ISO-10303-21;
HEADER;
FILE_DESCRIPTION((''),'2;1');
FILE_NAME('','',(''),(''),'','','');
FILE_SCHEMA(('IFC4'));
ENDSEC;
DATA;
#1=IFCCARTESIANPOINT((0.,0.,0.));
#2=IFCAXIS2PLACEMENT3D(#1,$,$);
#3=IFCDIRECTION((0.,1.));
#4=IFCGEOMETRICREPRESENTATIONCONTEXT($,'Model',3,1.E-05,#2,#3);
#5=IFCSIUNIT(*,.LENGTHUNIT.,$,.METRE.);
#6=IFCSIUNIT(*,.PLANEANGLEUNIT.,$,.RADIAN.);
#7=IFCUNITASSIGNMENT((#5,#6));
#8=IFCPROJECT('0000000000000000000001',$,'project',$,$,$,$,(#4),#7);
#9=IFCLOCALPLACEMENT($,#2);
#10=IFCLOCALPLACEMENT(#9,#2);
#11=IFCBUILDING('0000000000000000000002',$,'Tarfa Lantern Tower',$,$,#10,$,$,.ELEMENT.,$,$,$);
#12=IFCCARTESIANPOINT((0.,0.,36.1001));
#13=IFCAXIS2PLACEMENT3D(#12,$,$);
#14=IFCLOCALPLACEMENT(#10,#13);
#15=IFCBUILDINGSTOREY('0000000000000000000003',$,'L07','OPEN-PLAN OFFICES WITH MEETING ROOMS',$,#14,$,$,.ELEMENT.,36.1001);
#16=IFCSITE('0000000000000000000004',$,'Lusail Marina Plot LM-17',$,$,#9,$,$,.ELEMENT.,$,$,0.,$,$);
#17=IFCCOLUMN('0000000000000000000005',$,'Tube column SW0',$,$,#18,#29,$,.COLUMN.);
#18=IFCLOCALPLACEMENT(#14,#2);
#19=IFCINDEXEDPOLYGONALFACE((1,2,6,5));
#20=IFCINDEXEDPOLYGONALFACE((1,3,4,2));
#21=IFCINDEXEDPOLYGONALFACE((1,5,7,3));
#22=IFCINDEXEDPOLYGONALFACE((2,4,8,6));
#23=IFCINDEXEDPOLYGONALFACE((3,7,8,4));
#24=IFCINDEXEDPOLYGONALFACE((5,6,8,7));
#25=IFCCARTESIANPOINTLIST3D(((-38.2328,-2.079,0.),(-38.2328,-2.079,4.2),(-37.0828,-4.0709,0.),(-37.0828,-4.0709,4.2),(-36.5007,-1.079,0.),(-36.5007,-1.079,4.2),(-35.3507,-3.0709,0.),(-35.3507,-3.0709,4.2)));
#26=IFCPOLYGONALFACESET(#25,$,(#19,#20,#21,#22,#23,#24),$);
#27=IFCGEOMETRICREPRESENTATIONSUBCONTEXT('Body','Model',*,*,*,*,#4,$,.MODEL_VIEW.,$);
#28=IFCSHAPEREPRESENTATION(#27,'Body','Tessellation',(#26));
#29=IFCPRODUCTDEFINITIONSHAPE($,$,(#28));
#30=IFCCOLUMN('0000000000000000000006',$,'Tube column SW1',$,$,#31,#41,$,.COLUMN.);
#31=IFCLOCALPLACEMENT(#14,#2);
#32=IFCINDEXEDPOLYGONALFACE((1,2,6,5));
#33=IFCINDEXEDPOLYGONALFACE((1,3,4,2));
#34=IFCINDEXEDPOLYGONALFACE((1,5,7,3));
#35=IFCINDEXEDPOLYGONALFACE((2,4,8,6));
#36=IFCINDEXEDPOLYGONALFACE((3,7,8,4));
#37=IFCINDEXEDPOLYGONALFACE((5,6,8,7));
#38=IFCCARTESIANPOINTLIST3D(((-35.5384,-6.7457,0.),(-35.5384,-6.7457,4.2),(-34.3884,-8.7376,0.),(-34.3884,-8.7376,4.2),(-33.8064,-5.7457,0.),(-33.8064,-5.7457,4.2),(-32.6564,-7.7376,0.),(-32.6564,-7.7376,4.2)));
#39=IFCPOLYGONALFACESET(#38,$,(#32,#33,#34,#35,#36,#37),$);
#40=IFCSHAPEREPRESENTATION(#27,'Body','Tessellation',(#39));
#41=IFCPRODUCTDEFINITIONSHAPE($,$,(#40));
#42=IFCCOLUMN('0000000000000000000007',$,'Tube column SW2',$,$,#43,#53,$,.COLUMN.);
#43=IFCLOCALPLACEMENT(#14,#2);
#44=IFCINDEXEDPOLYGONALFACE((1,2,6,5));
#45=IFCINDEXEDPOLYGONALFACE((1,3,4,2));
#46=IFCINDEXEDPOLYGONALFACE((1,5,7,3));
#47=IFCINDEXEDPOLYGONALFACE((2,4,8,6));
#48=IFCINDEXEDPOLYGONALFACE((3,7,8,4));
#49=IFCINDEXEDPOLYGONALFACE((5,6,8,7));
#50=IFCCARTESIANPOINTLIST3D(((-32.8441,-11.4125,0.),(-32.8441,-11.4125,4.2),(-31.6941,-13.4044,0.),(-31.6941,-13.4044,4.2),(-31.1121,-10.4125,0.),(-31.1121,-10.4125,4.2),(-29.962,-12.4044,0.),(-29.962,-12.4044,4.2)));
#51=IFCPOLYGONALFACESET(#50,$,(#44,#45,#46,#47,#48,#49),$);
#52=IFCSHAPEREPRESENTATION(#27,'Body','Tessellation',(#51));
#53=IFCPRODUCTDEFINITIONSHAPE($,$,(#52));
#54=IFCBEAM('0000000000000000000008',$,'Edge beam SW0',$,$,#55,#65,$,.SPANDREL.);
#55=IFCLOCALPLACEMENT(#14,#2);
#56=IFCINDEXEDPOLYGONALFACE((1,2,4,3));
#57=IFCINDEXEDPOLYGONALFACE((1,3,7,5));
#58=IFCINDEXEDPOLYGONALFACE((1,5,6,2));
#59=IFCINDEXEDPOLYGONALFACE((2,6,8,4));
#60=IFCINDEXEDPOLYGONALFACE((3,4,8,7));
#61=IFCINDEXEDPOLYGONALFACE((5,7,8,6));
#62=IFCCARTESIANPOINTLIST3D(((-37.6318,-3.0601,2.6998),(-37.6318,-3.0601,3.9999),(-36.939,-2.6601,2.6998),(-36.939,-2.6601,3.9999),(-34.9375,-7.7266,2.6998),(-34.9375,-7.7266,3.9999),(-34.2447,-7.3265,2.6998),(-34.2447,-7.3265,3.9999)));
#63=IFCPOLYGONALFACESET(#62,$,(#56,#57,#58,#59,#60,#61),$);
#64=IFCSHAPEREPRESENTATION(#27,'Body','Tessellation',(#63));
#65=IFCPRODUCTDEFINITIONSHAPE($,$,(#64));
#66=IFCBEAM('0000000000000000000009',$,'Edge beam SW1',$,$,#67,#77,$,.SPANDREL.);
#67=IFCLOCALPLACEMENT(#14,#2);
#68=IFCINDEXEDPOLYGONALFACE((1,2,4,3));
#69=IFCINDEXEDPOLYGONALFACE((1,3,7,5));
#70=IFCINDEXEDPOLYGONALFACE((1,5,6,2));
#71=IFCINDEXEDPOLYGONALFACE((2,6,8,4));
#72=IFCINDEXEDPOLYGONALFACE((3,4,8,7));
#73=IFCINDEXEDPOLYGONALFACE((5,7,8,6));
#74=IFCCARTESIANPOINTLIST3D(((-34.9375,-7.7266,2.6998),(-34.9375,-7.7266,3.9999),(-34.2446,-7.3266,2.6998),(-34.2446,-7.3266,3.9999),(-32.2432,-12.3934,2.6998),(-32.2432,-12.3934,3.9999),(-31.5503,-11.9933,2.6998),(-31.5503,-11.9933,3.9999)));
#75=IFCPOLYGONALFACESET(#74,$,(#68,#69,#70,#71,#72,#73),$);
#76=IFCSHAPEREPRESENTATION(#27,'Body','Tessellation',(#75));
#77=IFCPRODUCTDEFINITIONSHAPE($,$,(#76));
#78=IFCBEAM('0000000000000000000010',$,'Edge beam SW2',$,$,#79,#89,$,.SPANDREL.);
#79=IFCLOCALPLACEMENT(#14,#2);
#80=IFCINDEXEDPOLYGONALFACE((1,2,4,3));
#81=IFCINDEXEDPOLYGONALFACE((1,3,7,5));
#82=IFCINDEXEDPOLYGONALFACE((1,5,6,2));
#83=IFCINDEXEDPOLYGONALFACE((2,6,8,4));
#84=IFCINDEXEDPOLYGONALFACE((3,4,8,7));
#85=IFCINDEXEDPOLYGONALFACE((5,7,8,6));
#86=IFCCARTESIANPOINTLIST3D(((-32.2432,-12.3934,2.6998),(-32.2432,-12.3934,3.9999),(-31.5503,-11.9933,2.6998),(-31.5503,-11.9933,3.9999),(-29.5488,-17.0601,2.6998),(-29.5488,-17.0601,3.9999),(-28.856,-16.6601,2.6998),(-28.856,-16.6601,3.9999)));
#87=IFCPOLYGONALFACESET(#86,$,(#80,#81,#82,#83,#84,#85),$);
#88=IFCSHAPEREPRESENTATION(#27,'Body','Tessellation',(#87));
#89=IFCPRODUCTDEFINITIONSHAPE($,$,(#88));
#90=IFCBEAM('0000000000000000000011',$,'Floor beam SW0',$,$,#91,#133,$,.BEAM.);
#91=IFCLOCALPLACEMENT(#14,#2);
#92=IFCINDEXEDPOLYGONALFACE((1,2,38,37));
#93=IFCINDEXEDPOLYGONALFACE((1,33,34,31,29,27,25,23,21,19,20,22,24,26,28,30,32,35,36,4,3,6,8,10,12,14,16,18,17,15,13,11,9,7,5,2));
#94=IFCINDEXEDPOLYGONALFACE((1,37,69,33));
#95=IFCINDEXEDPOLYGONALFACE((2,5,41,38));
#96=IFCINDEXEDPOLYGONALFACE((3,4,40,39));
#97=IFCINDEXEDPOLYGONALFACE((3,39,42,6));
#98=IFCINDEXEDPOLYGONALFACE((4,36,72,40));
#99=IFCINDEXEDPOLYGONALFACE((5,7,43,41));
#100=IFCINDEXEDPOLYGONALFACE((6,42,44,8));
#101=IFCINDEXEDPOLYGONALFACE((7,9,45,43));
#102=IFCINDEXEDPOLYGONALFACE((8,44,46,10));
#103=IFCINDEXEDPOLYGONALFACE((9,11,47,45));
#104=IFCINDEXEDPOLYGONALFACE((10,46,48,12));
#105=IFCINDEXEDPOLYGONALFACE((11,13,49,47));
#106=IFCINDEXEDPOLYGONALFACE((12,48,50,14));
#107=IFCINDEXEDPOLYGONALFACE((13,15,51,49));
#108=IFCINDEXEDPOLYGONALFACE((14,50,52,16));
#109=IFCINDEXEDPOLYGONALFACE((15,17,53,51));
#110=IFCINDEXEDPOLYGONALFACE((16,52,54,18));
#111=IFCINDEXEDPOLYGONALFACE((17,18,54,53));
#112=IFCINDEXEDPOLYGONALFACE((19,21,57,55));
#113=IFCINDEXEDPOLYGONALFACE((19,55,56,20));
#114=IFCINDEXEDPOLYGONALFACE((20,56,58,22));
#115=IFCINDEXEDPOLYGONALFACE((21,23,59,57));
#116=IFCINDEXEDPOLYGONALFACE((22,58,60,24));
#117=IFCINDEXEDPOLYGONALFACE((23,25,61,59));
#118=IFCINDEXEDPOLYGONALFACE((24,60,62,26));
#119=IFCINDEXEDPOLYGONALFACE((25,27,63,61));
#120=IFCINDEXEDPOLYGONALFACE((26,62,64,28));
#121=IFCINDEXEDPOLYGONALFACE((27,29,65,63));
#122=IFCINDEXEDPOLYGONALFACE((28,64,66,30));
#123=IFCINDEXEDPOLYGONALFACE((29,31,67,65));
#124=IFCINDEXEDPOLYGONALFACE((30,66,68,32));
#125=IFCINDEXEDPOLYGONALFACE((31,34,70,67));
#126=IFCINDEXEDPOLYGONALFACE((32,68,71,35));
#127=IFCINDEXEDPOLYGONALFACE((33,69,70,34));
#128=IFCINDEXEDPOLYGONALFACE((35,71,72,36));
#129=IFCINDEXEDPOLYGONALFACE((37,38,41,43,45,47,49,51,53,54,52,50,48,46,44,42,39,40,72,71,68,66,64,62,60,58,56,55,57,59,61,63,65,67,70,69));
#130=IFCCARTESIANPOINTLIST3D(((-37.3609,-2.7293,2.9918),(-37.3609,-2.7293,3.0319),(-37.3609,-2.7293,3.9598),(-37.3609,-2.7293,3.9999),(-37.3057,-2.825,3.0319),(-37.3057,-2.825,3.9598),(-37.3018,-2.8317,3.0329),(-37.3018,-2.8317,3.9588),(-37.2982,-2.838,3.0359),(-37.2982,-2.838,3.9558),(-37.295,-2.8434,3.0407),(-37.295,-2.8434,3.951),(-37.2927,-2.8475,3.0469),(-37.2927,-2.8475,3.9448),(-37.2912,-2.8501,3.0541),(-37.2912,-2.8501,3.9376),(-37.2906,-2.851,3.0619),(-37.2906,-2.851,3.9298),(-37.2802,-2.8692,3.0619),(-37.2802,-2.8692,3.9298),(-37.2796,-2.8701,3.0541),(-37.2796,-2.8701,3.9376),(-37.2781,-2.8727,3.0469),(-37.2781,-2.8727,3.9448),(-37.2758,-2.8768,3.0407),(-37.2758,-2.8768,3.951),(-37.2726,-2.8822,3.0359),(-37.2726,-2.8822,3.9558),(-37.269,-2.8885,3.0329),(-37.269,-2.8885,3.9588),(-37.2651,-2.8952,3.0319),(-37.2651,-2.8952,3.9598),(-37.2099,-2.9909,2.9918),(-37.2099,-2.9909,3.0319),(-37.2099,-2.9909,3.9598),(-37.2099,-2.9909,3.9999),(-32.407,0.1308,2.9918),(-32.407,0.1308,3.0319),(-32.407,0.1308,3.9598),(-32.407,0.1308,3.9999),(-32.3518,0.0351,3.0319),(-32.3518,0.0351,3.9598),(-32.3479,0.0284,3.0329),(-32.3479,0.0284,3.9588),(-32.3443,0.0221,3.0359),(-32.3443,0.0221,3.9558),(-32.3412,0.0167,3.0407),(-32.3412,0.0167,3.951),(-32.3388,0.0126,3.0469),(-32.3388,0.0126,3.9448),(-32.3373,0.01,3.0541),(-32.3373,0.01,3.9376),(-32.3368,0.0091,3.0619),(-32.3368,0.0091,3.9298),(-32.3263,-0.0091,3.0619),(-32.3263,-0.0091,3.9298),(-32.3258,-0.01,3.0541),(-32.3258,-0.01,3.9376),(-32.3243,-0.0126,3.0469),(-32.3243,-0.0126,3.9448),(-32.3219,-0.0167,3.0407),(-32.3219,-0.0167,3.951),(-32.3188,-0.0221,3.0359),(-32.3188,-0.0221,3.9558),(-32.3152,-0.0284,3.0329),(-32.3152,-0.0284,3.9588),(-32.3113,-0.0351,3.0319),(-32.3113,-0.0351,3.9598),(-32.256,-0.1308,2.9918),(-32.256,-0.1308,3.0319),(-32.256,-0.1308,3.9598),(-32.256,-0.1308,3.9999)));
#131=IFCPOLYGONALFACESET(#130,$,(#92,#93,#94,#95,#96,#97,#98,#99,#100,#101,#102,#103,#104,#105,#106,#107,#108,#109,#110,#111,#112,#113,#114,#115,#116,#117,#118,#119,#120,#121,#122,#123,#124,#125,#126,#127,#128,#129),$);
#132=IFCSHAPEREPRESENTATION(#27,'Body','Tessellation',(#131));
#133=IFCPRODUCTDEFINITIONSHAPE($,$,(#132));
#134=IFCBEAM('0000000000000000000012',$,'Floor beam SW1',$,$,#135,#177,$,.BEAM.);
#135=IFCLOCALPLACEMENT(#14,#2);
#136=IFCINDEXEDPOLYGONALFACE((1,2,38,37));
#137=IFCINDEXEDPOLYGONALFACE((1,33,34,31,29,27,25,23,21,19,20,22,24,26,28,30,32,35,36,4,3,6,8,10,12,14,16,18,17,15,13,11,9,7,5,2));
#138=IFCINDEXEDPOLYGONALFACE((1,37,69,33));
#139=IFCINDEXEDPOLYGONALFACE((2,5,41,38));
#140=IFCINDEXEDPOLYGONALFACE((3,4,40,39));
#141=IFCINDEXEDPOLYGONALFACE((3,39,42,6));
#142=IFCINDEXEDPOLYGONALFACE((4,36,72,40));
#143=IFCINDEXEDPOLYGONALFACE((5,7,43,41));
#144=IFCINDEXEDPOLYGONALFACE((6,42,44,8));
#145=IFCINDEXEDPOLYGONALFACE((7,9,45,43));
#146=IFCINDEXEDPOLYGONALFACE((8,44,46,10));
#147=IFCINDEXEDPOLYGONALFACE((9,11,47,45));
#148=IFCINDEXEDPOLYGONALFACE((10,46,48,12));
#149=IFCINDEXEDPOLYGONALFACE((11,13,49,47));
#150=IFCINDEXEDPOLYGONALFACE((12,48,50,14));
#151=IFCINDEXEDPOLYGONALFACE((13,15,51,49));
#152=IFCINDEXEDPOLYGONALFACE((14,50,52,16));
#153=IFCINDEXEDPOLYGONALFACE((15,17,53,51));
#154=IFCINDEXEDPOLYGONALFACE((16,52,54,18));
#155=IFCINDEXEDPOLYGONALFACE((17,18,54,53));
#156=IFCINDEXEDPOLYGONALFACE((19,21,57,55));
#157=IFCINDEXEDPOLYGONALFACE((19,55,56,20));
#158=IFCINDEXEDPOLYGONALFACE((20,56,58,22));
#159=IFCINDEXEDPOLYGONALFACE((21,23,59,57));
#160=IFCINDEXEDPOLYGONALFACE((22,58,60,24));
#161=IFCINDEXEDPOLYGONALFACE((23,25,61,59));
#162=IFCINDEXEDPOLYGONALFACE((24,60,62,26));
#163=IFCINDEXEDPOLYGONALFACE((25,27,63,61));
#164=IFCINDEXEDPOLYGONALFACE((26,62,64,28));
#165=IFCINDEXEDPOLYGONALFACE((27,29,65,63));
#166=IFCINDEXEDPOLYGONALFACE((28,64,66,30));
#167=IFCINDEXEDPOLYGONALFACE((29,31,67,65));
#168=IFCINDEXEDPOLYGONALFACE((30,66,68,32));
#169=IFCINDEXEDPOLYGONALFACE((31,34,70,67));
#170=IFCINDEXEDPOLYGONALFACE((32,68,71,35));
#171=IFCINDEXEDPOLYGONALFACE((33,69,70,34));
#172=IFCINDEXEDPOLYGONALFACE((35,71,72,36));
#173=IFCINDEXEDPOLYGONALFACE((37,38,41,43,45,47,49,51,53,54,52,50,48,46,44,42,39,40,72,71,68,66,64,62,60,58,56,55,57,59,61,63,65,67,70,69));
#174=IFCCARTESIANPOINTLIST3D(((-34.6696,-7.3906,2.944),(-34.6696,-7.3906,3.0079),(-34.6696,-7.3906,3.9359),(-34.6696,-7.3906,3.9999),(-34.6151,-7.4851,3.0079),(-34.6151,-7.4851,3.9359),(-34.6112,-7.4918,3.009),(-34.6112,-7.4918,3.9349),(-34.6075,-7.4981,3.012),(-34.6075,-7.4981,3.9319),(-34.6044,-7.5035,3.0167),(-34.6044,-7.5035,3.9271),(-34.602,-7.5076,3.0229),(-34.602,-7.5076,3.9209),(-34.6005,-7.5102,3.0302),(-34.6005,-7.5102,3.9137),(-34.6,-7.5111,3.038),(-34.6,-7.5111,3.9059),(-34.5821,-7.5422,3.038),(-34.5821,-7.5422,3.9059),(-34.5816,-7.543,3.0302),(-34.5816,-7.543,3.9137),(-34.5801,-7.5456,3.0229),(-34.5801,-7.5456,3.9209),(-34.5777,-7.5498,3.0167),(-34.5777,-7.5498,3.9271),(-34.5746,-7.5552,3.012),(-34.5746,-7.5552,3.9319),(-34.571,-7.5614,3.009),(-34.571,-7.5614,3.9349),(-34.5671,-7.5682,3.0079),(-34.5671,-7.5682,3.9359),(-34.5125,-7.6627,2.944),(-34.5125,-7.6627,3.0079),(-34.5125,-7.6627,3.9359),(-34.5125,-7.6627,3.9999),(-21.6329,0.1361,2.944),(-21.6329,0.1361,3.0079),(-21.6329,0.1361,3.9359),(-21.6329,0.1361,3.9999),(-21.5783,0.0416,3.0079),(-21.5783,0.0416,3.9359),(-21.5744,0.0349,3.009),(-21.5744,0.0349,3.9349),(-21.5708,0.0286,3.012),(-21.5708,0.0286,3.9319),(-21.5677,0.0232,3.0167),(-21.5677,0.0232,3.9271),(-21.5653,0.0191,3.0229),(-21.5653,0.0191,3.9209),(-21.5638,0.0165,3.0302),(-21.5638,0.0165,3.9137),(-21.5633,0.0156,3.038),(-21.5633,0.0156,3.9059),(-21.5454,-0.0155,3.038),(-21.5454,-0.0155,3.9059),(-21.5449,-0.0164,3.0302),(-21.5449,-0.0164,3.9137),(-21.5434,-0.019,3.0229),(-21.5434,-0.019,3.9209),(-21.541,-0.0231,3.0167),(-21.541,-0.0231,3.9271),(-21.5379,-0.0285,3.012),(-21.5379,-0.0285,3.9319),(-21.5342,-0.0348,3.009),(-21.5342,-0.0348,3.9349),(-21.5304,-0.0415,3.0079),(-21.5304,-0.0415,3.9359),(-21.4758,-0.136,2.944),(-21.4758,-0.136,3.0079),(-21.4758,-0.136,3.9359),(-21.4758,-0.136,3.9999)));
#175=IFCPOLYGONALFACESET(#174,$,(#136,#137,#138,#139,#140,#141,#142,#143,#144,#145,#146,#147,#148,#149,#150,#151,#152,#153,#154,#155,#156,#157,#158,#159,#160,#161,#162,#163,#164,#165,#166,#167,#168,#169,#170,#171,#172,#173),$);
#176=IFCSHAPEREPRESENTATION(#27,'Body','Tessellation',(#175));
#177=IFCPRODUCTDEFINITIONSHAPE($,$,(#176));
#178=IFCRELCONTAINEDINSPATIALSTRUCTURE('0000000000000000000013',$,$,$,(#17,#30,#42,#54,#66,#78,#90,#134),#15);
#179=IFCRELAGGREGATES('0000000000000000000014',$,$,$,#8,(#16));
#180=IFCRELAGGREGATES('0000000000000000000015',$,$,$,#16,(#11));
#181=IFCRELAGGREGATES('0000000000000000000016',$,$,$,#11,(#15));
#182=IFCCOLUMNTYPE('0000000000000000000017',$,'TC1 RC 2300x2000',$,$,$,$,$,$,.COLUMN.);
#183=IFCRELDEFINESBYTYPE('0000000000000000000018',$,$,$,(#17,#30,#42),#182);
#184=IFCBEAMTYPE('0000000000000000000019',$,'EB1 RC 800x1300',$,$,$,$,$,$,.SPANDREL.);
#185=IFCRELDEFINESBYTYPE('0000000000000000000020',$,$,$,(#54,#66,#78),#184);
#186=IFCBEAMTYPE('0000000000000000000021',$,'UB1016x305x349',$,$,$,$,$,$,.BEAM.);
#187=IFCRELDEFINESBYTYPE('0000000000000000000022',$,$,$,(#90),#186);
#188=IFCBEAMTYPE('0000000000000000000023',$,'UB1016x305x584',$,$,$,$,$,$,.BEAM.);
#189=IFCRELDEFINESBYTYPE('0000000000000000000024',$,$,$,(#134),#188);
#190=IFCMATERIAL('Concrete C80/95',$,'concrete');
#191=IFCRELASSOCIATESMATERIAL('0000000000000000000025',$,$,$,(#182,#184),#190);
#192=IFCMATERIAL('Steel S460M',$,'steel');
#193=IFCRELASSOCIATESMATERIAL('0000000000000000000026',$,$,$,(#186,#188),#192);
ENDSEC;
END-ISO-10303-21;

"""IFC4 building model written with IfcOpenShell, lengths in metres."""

from ifc_helpers import new_model, si_unit, direction, frame, origin, origin_2d, place, context, subcontext, project, spatial, rectangle, i_section, extrude, material, material_profile, profile_set, type_object, element, save


model = new_model("IFC4")

# Units and contexts
model_context = context("Model", 3, precision=1e-05, world=origin(), true_north=direction((0.0, 1.0)))
body_context = subcontext(model_context, "Body", "Model", "MODEL_VIEW")
ifc_project = project(units=[si_unit("LENGTHUNIT", "METRE"), si_unit("PLANEANGLEUNIT", "RADIAN")], contexts=[model_context])

# Site, building, storey
site_placement = place(None, origin())
site = spatial("IfcSite", under=ifc_project, at=site_placement, Name="Lusail Marina Plot LM-17", CompositionType="ELEMENT", RefElevation=0.0)
building_placement = place(site_placement, origin())
building = spatial("IfcBuilding", under=site, at=building_placement, Name="Tarfa Lantern Tower", CompositionType="ELEMENT")
storey_placement = place(building_placement, frame((0.0, 0.0, 36.1001)))
storey = spatial("IfcBuildingStorey", under=building, at=storey_placement, Name="L07", Description="OPEN-PLAN OFFICES WITH MEETING ROOMS", CompositionType="ELEMENT", Elevation=36.1001)

# Columns
ifc_material_1 = material(Name="Concrete C80/95", Category="concrete")
ifc_material_profile_1 = material_profile(ifc_material_1, rectangle(XDim=2.3, YDim=2.0, at=origin_2d()), Name="RC 2300x2000")
ifc_profile_set_1 = profile_set([ifc_material_profile_1], Name="Concrete C80/95")
column_type = type_object("IfcColumnType", Name="TC1 RC 2300x2000", PredefinedType="COLUMN", material=ifc_profile_set_1)
for number, where, z_axis, x_axis, name in (
    (1, (-36.7917, -2.575, 0.0), (0.0, 0.0, 1.0), (0.5, -0.866025, 0.0), "Tube column SW0"),
    (2, (-34.0974, -7.2417, 0.0), (0.0, 0.0, 1.0), (0.5, -0.866025, 0.0), "Tube column SW1"),
    (3, (-31.4031, -11.9084, 0.0), (0.0, 0.0, 1.0), (0.5, -0.866025, 0.0), "Tube column SW2"),
):
    element("IfcColumn", number, at=place(storey_placement, frame(where, z_axis=z_axis, x_axis=x_axis)), inside=storey, type_object=column_type, Name=name, PredefinedType="COLUMN", context=body_context, shape_type="SweptSolid", body=[
        extrude(rectangle(XDim=2.3, YDim=2.0, at=origin_2d()), origin(), (0.0, 0.0, 1.0), 4.2),
    ])

# Beams
ifc_material_profile_2 = material_profile(ifc_material_1, rectangle(XDim=0.8, YDim=1.3, at=origin_2d()), Name="RC 800x1300")
ifc_profile_set_2 = profile_set([ifc_material_profile_2], Name="Concrete C80/95")
beam_type_1 = type_object("IfcBeamType", Name="EB1 RC 800x1300", PredefinedType="SPANDREL", material=ifc_profile_set_2)
beam_1_placement = place(storey_placement, frame((-37.2854, -2.8601, 3.3499), z_axis=(0.500018, -0.866015, 0.0), x_axis=(0.866015, 0.500018, 0.0)))
element("IfcBeam", 4, at=beam_1_placement, inside=storey, type_object=beam_type_1, Name="Edge beam SW0", PredefinedType="SPANDREL", context=body_context, shape_type="SweptSolid", body=[
    extrude(rectangle(XDim=0.8, YDim=1.3, at=origin_2d()), origin(), (0.0, 0.0, 1.0), 5.3884),
])
for number, where, z_axis, x_axis, name in (
    (5, (-34.5911, -7.5266, 3.3499), (0.499998, -0.866026, 0.0), (0.866026, 0.499998, 0.0), "Edge beam SW1"),
    (6, (-31.8967, -12.1934, 3.3499), (0.499998, -0.866026, 0.0), (0.866026, 0.499998, 0.0), "Edge beam SW2"),
):
    element("IfcBeam", number, at=place(storey_placement, frame(where, z_axis=z_axis, x_axis=x_axis)), inside=storey, type_object=beam_type_1, Name=name, PredefinedType="SPANDREL", context=body_context, shape_type="SweptSolid", body=[
        extrude(rectangle(XDim=0.8, YDim=1.3, at=origin_2d()), origin(), (0.0, 0.0, 1.0), 5.3887),
    ])
ifc_material_2 = material(Name="Steel S460M", Category="steel")
ifc_material_profile_3 = material_profile(ifc_material_2, i_section(OverallWidth=0.302, OverallDepth=1.0081, WebThickness=0.021, FlangeThickness=0.04, FilletRadius=0.03, at=origin_2d()), Name="UB1016x305x349")
ifc_profile_set_3 = profile_set([ifc_material_profile_3], Name="Steel S460M")
beam_type_2 = type_object("IfcBeamType", Name="UB1016x305x349", PredefinedType="BEAM", material=ifc_profile_set_3)
beam_2_placement = place(storey_placement, frame((-37.2854, -2.8601, 3.4958), z_axis=(0.866026, 0.5, 0.0), x_axis=(-0.5, 0.866026, 0.0)))
element("IfcBeam", 7, at=beam_2_placement, inside=storey, type_object=beam_type_2, Name="Floor beam SW0", PredefinedType="BEAM", context=body_context, shape_type="SweptSolid", body=[
    extrude(i_section(OverallWidth=0.302, OverallDepth=1.0081, WebThickness=0.021, FlangeThickness=0.04, FilletRadius=0.03, at=origin_2d()), origin(), (0.0, 0.0, 1.0), 5.7202),
])
ifc_material_profile_4 = material_profile(ifc_material_2, i_section(OverallWidth=0.3142, OverallDepth=1.0559, WebThickness=0.0359, FlangeThickness=0.064, FilletRadius=0.03, at=origin_2d()), Name="UB1016x305x584")
ifc_profile_set_4 = profile_set([ifc_material_profile_4], Name="Steel S460M")
beam_type_3 = type_object("IfcBeamType", Name="UB1016x305x584", PredefinedType="BEAM", material=ifc_profile_set_4)
beam_3_placement = place(storey_placement, frame((-34.5911, -7.5266, 3.4719), z_axis=(0.866028, 0.499996, 0.0), x_axis=(-0.499996, 0.866028, 0.0)))
element("IfcBeam", 8, at=beam_3_placement, inside=storey, type_object=beam_type_3, Name="Floor beam SW1", PredefinedType="BEAM", context=body_context, shape_type="SweptSolid", body=[
    extrude(i_section(OverallWidth=0.3142, OverallDepth=1.0559, WebThickness=0.0359, FlangeThickness=0.064, FilletRadius=0.03, at=origin_2d()), origin(), (0.0, 0.0, 1.0), 15.0535),
])

save(model, "model.ifc")
